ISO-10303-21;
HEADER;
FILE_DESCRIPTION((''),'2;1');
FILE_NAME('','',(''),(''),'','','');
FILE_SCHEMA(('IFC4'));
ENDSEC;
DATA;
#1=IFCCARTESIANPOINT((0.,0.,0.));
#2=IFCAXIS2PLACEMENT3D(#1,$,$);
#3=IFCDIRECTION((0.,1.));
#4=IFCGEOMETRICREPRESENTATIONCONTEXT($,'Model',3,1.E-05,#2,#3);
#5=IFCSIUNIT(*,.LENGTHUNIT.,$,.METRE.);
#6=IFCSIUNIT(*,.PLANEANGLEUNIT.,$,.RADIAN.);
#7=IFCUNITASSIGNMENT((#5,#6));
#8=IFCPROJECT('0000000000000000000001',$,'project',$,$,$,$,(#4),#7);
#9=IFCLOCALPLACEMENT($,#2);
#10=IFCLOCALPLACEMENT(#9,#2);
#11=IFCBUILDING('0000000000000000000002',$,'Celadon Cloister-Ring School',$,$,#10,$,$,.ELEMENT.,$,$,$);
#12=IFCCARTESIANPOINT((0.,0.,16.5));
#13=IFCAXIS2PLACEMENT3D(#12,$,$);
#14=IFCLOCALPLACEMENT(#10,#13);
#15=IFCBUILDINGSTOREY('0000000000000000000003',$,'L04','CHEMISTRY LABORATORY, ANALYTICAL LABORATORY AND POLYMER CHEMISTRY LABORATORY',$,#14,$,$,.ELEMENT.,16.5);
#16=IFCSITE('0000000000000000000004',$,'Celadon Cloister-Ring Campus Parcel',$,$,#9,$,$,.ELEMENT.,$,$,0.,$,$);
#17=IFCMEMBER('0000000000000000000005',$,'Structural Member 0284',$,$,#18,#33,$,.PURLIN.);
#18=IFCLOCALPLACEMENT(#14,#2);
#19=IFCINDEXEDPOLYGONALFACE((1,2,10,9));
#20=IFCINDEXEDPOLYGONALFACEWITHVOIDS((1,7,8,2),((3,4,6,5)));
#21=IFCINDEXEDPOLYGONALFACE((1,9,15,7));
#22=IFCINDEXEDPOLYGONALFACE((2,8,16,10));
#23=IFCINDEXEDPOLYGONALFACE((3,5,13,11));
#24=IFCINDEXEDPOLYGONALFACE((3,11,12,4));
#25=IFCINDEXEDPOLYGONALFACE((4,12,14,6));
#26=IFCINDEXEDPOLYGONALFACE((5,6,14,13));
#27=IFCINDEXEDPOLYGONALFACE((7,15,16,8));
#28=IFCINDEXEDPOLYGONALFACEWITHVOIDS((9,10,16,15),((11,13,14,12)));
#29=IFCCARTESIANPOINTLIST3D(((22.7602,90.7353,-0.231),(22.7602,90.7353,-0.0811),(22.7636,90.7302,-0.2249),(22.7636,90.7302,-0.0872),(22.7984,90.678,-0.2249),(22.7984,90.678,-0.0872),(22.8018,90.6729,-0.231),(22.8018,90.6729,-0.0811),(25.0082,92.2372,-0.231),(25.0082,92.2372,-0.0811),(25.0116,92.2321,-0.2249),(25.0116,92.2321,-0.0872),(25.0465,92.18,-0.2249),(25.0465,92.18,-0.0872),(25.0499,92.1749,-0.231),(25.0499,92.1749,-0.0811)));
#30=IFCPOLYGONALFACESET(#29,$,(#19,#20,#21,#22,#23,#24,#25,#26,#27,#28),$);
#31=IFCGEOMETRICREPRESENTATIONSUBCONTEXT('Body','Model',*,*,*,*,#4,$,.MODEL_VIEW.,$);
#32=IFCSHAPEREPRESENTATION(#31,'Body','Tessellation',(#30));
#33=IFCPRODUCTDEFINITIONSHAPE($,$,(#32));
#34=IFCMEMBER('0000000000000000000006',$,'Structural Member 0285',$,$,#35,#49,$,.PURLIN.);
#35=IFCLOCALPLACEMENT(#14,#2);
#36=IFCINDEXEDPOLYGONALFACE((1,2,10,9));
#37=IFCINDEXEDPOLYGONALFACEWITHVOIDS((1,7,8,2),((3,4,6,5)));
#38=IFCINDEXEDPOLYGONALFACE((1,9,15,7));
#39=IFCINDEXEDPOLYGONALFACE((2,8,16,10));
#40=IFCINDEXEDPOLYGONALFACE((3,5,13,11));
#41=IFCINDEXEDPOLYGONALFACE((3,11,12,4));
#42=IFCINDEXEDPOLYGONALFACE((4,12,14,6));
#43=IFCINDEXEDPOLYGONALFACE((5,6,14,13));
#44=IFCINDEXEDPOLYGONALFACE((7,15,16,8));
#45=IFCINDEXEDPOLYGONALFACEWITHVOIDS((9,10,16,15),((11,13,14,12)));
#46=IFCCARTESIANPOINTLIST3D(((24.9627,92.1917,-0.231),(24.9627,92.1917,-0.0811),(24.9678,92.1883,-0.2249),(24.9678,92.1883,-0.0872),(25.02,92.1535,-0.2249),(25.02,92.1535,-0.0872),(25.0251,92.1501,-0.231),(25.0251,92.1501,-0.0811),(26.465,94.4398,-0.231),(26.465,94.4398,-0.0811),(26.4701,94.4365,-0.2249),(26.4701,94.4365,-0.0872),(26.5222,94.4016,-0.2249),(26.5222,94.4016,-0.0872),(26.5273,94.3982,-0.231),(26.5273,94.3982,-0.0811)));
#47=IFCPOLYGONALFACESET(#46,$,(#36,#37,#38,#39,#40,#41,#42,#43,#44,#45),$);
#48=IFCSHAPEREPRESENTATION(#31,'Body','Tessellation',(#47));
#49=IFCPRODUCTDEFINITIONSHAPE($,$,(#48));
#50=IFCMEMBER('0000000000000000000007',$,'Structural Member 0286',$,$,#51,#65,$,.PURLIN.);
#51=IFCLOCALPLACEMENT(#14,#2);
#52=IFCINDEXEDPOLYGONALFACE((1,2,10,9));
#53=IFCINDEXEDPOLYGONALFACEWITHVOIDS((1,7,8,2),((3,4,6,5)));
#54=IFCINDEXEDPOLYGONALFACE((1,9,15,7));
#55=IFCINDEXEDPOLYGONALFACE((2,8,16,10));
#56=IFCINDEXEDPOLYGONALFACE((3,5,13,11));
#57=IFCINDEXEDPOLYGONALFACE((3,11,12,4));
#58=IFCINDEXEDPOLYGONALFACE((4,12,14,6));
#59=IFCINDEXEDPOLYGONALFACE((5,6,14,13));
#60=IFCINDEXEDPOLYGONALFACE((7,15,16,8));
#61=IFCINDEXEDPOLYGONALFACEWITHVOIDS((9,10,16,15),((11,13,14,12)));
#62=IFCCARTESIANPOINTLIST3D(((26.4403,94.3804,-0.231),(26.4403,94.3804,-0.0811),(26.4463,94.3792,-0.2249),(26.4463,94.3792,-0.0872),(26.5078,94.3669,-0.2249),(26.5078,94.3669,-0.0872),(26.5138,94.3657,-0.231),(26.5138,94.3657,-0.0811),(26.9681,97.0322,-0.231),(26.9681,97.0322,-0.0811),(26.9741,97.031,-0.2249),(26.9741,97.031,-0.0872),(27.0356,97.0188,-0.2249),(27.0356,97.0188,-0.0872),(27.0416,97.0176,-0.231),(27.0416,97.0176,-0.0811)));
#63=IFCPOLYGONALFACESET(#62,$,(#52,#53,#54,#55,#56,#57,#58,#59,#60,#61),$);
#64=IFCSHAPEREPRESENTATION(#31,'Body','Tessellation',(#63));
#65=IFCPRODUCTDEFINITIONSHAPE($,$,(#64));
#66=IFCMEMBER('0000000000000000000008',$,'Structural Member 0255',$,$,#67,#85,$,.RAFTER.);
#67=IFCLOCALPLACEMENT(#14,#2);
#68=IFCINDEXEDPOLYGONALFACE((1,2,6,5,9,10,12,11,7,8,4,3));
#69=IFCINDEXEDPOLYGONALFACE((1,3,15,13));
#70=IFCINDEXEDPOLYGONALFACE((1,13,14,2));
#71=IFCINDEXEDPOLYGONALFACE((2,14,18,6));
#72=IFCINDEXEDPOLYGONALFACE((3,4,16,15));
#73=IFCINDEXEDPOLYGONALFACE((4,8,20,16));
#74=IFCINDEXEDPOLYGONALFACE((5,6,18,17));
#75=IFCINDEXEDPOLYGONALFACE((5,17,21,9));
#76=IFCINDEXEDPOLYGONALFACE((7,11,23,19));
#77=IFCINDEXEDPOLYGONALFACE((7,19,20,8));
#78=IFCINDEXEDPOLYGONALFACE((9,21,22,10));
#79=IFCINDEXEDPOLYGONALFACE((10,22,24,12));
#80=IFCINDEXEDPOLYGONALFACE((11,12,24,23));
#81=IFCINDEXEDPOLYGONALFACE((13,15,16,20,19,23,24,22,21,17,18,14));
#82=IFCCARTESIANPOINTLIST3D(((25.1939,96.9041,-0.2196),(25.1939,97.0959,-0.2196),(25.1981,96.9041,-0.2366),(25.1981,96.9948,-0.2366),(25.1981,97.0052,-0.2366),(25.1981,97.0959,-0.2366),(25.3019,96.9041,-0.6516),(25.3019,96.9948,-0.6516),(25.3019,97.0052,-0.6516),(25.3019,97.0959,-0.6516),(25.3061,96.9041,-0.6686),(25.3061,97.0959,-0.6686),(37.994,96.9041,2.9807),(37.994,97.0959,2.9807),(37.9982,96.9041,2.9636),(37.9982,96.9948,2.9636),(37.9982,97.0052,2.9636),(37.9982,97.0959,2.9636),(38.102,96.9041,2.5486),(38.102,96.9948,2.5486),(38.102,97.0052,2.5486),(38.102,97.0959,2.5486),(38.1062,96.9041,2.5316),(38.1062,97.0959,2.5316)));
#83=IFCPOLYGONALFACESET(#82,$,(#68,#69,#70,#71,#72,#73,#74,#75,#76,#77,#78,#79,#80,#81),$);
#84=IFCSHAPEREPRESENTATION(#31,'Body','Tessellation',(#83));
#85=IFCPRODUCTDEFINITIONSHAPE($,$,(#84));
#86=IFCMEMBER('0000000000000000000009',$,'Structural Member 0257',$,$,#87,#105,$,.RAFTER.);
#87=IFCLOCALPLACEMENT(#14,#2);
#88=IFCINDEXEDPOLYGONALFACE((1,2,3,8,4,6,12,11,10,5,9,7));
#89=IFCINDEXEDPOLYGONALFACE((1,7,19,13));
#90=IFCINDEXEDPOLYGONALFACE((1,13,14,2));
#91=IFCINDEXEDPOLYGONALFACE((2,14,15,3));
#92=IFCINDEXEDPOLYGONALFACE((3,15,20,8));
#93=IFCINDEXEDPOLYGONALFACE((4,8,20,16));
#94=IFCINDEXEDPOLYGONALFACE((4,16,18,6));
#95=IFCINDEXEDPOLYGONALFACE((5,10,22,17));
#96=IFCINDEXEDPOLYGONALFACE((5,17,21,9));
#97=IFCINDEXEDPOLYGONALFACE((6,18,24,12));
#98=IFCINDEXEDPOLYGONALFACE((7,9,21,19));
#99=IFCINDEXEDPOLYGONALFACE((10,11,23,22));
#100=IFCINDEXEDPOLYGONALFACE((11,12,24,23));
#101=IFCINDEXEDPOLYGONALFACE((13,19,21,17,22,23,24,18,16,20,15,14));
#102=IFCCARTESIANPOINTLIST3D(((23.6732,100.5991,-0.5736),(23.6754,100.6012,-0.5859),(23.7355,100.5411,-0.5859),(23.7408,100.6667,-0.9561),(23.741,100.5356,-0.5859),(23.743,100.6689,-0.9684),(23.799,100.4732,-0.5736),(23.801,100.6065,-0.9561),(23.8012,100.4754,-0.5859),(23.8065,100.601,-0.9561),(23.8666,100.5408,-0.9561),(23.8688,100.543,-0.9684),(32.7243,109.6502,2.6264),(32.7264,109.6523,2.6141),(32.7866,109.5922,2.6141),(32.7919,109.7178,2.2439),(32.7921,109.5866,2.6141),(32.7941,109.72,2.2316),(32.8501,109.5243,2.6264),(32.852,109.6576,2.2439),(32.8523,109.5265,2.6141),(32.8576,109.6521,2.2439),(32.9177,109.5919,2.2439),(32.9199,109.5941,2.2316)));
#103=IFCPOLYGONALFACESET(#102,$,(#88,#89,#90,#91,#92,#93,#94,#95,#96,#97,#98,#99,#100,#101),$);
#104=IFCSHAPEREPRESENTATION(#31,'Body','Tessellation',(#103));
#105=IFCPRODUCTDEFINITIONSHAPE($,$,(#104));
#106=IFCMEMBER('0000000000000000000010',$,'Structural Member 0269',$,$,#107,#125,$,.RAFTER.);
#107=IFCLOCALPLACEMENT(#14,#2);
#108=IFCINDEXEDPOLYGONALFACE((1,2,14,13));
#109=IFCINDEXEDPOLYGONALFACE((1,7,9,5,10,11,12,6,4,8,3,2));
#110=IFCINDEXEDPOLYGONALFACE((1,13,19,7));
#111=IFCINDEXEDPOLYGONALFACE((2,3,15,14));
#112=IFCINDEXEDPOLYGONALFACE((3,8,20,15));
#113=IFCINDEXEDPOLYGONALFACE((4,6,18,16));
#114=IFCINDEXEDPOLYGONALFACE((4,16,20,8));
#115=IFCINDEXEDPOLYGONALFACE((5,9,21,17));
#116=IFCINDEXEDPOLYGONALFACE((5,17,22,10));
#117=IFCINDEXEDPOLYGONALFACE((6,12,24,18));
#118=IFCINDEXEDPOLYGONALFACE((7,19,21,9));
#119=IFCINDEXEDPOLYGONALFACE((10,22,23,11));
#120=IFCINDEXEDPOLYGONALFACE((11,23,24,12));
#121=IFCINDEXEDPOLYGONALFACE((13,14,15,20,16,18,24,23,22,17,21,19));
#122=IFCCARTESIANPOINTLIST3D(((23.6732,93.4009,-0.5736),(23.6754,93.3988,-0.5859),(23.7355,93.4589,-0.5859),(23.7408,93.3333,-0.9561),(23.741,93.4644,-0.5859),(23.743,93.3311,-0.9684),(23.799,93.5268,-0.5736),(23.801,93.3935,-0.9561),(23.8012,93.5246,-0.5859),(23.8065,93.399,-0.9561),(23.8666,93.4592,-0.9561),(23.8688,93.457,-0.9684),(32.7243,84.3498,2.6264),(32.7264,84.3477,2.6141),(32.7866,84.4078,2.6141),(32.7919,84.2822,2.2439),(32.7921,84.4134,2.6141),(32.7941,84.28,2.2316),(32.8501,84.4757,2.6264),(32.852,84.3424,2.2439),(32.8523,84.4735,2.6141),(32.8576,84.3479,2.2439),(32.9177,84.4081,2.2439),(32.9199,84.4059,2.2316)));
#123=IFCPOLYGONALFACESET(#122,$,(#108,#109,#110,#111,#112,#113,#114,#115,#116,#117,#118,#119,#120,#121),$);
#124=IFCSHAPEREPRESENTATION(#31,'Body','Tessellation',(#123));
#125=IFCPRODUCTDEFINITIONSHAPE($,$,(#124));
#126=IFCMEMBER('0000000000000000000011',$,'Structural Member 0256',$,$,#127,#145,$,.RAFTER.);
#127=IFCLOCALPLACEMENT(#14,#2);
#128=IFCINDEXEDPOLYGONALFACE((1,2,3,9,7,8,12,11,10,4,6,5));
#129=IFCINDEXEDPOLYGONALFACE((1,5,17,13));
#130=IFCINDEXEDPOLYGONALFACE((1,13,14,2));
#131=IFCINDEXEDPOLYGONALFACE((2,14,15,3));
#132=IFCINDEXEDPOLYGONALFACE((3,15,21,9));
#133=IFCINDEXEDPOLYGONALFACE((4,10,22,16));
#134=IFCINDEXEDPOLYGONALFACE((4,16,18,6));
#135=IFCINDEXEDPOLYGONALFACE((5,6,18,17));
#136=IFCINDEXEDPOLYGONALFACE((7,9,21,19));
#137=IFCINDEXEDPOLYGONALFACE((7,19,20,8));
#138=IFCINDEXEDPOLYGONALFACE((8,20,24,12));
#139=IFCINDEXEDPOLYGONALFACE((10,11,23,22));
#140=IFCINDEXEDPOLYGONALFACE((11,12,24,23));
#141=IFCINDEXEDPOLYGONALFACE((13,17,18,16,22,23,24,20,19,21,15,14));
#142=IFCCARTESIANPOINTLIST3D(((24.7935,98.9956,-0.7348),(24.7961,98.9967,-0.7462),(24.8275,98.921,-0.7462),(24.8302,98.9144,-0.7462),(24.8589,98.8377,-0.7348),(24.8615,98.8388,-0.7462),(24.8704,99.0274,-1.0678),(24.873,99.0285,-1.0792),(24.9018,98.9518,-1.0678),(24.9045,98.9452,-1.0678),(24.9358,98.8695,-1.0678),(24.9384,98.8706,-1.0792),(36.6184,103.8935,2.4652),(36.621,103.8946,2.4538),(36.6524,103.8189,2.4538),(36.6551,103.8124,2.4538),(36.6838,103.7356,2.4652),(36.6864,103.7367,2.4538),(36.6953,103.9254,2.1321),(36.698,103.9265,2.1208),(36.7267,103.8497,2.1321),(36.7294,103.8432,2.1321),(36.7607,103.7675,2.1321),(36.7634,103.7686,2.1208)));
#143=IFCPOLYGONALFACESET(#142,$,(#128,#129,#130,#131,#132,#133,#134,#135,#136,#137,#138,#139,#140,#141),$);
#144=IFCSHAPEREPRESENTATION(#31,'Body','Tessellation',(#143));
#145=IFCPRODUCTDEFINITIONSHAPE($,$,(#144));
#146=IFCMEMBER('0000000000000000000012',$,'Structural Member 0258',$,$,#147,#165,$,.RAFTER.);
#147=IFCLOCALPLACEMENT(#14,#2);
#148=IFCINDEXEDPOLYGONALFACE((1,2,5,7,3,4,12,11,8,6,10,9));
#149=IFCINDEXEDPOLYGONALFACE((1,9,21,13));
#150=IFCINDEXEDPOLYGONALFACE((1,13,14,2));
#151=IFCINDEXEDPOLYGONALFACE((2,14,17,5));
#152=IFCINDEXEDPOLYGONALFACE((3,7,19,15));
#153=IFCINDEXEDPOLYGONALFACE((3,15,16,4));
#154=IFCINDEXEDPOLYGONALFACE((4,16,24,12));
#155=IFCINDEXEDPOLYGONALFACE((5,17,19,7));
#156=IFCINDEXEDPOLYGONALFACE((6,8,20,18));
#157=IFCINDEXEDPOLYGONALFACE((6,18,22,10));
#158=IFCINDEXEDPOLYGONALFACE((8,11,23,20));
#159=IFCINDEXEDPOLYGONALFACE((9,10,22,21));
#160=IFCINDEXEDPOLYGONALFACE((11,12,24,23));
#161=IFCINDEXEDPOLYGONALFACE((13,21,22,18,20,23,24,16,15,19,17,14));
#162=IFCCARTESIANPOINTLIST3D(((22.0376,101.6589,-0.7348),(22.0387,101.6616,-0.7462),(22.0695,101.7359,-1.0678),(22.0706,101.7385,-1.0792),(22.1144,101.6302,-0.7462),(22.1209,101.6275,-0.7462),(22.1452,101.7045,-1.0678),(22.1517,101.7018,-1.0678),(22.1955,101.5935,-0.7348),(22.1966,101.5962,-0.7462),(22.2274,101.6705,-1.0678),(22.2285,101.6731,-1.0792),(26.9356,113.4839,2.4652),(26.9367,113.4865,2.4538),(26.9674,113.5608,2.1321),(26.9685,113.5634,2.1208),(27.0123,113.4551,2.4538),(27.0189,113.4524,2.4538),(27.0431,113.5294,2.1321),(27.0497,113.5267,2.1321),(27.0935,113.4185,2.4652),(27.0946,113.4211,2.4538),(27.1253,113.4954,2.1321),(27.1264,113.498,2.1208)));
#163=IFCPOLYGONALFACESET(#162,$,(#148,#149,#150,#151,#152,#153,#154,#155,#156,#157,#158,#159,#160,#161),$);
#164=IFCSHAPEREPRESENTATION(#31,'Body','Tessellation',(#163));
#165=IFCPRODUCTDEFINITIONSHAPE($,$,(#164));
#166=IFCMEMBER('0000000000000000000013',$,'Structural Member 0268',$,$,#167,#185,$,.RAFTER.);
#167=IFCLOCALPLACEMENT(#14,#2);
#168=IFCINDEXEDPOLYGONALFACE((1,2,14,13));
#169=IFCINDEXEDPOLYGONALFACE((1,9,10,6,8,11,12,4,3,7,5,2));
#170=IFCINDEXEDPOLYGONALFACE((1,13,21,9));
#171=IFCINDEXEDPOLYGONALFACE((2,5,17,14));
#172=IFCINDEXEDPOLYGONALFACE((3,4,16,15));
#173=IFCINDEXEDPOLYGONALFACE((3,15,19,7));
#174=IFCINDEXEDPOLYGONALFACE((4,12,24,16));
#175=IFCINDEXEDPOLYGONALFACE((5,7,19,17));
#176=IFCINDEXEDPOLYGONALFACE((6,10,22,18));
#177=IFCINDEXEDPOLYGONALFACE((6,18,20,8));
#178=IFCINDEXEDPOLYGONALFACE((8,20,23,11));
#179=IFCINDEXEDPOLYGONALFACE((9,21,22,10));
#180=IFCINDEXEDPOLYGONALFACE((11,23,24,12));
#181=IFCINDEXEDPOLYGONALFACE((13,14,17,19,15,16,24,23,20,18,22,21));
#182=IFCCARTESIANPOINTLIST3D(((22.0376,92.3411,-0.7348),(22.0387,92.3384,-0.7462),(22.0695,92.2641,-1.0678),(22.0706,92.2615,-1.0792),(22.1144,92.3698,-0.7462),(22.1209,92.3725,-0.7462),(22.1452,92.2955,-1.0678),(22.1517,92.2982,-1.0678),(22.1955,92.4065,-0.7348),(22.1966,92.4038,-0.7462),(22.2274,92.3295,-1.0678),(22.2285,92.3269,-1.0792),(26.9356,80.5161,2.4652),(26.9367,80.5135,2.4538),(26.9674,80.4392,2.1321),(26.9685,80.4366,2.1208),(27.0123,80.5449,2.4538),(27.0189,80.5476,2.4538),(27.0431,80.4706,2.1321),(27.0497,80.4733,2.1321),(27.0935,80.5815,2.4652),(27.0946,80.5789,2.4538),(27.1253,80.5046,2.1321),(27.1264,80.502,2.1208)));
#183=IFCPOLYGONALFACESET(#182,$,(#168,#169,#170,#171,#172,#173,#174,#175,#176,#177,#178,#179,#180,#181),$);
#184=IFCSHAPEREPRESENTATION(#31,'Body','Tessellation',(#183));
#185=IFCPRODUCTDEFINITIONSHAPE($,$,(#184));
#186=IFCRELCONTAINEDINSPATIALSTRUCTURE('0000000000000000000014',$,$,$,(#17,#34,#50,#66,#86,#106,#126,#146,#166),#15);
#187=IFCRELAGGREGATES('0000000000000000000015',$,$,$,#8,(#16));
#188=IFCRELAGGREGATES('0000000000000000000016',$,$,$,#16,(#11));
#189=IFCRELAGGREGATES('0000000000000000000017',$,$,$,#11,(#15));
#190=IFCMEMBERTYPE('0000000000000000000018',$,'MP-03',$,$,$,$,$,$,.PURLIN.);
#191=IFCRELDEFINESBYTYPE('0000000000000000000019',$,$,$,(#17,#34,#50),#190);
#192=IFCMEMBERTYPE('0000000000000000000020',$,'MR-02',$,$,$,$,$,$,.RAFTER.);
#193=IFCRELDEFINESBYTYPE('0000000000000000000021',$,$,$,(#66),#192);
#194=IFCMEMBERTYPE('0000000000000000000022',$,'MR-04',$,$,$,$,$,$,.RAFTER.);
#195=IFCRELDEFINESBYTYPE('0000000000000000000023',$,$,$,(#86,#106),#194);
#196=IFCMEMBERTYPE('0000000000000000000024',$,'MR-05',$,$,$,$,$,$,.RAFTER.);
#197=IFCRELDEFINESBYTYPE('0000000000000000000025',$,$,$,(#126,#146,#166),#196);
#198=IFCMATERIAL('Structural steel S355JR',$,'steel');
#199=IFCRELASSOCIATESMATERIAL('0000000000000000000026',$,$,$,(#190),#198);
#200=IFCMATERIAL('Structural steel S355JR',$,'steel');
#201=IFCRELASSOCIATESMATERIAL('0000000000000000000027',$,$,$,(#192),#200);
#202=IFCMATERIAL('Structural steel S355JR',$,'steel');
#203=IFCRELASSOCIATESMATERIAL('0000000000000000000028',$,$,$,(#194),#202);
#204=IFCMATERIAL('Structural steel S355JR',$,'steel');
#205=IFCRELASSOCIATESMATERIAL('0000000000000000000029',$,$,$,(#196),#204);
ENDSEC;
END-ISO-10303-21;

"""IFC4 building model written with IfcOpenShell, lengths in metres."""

from ifc_helpers import new_model, si_unit, direction, frame, origin, origin_2d, place, context, subcontext, project, spatial, hollow_rectangle, i_section, extrude, material, material_profile, profile_set, type_object, element, save


model = new_model("IFC4")

# Units and contexts
model_context = context("Model", 3, precision=1e-05, world=origin(), true_north=direction((0.0, 1.0)))
body_context = subcontext(model_context, "Body", "Model", "MODEL_VIEW")
ifc_project = project(units=[si_unit("LENGTHUNIT", "METRE"), si_unit("PLANEANGLEUNIT", "RADIAN")], contexts=[model_context])

# Site, building, storey
site_placement = place(None, origin())
site = spatial("IfcSite", under=ifc_project, at=site_placement, Name="Celadon Cloister-Ring Campus Parcel", CompositionType="ELEMENT", RefElevation=0.0)
building_placement = place(site_placement, origin())
building = spatial("IfcBuilding", under=site, at=building_placement, Name="Celadon Cloister-Ring School", CompositionType="ELEMENT")
storey_placement = place(building_placement, frame((0.0, 0.0, 16.5)))
storey = spatial("IfcBuildingStorey", under=building, at=storey_placement, Name="L04", Description="CHEMISTRY LABORATORY, ANALYTICAL LABORATORY AND POLYMER CHEMISTRY LABORATORY", CompositionType="ELEMENT", Elevation=16.5)

# Members
ifc_material_1 = material(Name="Structural steel S355JR", Category="steel")
ifc_material_profile_1 = material_profile(ifc_material_1, hollow_rectangle(XDim=0.075, YDim=0.1499, WallThickness=0.0061, at=origin_2d()), Name="HSS150X75X6")
ifc_profile_set_1 = profile_set([ifc_material_profile_1], Name="Structural steel S355JR")
member_type_1 = type_object("IfcMemberType", Name="MP-03", PredefinedType="PURLIN", material=ifc_profile_set_1)
member_1_placement = place(storey_placement, frame((22.781, 90.7041, -0.156), z_axis=(0.831494, 0.555533, 0.0), x_axis=(-0.555533, 0.831494, 0.0)))
element("IfcMember", 1, at=member_1_placement, inside=storey, type_object=member_type_1, Name="Structural Member 0284", PredefinedType="PURLIN", context=body_context, shape_type="SweptSolid", body=[
    extrude(hollow_rectangle(XDim=0.075, YDim=0.1499, WallThickness=0.0061, at=origin_2d()), origin(), (0.0, 0.0, 1.0), 2.7036),
])
for number, where, z_axis, x_axis, name in (
    (2, (24.9939, 92.1709, -0.156), (0.555596, 0.831452, 0.0), (-0.831452, 0.555596, 0.0), "Structural Member 0285"),
    (3, (26.4771, 94.373, -0.156), (0.195213, 0.980761, 0.0), (-0.980761, 0.195213, 0.0), "Structural Member 0286"),
):
    element("IfcMember", number, at=place(storey_placement, frame(where, z_axis=z_axis, x_axis=x_axis)), inside=storey, type_object=member_type_1, Name=name, PredefinedType="PURLIN", context=body_context, shape_type="SweptSolid", body=[
        extrude(hollow_rectangle(XDim=0.075, YDim=0.1499, WallThickness=0.0061, at=origin_2d()), origin(), (0.0, 0.0, 1.0), 2.7039),
    ])
ifc_material_2 = material(Name="Structural steel S355JR", Category="steel")
ifc_material_profile_2 = material_profile(ifc_material_2, i_section(OverallWidth=0.1919, OverallDepth=0.4629, WebThickness=0.0105, FlangeThickness=0.0176, at=origin_2d()), Name="W460X89")
ifc_profile_set_2 = profile_set([ifc_material_profile_2], Name="Structural steel S355JR")
member_type_2 = type_object("IfcMemberType", Name="MR-02", PredefinedType="RAFTER", material=ifc_profile_set_2)
member_2_placement = place(storey_placement, frame((25.25, 97.0, -0.4441), z_axis=(0.970139, 0.0, 0.242549), x_axis=(0.0, 1.0, 0.0)))
element("IfcMember", 4, at=member_2_placement, inside=storey, type_object=member_type_2, Name="Structural Member 0255", PredefinedType="RAFTER", context=body_context, shape_type="SweptSolid", body=[
    extrude(i_section(OverallWidth=0.1919, OverallDepth=0.4629, WebThickness=0.0105, FlangeThickness=0.0176, at=origin_2d()), origin(), (0.0, 0.0, 1.0), 13.1941),
])
ifc_material_3 = material(Name="Structural steel S355JR", Category="steel")
ifc_material_profile_3 = material_profile(ifc_material_3, i_section(OverallWidth=0.178, OverallDepth=0.407, WebThickness=0.0078, FlangeThickness=0.0127, at=origin_2d()), Name="W410X60")
ifc_profile_set_3 = profile_set([ifc_material_profile_3], Name="Structural steel S355JR")
member_type_3 = type_object("IfcMemberType", Name="MR-04", PredefinedType="RAFTER", material=ifc_profile_set_3)
for number, where, z_axis, x_axis, name in (
    (5, (23.771, 100.571, -0.771), (0.685995, 0.685995, 0.242531), (-0.707107, 0.707107, 0.0), "Structural Member 0257"),
    (6, (23.771, 93.429, -0.771), (0.685995, -0.685995, 0.242531), (0.707107, 0.707107, 0.0), "Structural Member 0269"),
):
    element("IfcMember", number, at=place(storey_placement, frame(where, z_axis=z_axis, x_axis=x_axis)), inside=storey, type_object=member_type_3, Name=name, PredefinedType="RAFTER", context=body_context, shape_type="SweptSolid", body=[
        extrude(i_section(OverallWidth=0.178, OverallDepth=0.407, WebThickness=0.0078, FlangeThickness=0.0127, at=origin_2d()), origin(), (0.0, 0.0, 1.0), 13.1941),
    ])
ifc_material_4 = material(Name="Structural steel S355JR", Category="steel")
ifc_material_profile_4 = material_profile(ifc_material_4, i_section(OverallWidth=0.1709, OverallDepth=0.355, WebThickness=0.0071, FlangeThickness=0.0117, at=origin_2d()), Name="W360X51")
ifc_profile_set_4 = profile_set([ifc_material_profile_4], Name="Structural steel S355JR")
member_type_4 = type_object("IfcMemberType", Name="MR-05", PredefinedType="RAFTER", material=ifc_profile_set_4)
for number, where, z_axis, x_axis, name in (
    (7, (24.866, 98.9331, -0.907), (0.896295, 0.37125, 0.242547), (-0.382676, 0.923882, 0.0), "Structural Member 0256"),
    (8, (22.1331, 101.666, -0.907), (0.37125, 0.896295, 0.242547), (-0.923882, 0.382676, 0.0), "Structural Member 0258"),
    (9, (22.1331, 92.334, -0.907), (0.37125, -0.896295, 0.242547), (0.923882, 0.382676, 0.0), "Structural Member 0268"),
):
    element("IfcMember", number, at=place(storey_placement, frame(where, z_axis=z_axis, x_axis=x_axis)), inside=storey, type_object=member_type_4, Name=name, PredefinedType="RAFTER", context=body_context, shape_type="SweptSolid", body=[
        extrude(i_section(OverallWidth=0.1709, OverallDepth=0.355, WebThickness=0.0071, FlangeThickness=0.0117, at=origin_2d()), origin(), (0.0, 0.0, 1.0), 13.1931),
    ])

save(model, "model.ifc")
